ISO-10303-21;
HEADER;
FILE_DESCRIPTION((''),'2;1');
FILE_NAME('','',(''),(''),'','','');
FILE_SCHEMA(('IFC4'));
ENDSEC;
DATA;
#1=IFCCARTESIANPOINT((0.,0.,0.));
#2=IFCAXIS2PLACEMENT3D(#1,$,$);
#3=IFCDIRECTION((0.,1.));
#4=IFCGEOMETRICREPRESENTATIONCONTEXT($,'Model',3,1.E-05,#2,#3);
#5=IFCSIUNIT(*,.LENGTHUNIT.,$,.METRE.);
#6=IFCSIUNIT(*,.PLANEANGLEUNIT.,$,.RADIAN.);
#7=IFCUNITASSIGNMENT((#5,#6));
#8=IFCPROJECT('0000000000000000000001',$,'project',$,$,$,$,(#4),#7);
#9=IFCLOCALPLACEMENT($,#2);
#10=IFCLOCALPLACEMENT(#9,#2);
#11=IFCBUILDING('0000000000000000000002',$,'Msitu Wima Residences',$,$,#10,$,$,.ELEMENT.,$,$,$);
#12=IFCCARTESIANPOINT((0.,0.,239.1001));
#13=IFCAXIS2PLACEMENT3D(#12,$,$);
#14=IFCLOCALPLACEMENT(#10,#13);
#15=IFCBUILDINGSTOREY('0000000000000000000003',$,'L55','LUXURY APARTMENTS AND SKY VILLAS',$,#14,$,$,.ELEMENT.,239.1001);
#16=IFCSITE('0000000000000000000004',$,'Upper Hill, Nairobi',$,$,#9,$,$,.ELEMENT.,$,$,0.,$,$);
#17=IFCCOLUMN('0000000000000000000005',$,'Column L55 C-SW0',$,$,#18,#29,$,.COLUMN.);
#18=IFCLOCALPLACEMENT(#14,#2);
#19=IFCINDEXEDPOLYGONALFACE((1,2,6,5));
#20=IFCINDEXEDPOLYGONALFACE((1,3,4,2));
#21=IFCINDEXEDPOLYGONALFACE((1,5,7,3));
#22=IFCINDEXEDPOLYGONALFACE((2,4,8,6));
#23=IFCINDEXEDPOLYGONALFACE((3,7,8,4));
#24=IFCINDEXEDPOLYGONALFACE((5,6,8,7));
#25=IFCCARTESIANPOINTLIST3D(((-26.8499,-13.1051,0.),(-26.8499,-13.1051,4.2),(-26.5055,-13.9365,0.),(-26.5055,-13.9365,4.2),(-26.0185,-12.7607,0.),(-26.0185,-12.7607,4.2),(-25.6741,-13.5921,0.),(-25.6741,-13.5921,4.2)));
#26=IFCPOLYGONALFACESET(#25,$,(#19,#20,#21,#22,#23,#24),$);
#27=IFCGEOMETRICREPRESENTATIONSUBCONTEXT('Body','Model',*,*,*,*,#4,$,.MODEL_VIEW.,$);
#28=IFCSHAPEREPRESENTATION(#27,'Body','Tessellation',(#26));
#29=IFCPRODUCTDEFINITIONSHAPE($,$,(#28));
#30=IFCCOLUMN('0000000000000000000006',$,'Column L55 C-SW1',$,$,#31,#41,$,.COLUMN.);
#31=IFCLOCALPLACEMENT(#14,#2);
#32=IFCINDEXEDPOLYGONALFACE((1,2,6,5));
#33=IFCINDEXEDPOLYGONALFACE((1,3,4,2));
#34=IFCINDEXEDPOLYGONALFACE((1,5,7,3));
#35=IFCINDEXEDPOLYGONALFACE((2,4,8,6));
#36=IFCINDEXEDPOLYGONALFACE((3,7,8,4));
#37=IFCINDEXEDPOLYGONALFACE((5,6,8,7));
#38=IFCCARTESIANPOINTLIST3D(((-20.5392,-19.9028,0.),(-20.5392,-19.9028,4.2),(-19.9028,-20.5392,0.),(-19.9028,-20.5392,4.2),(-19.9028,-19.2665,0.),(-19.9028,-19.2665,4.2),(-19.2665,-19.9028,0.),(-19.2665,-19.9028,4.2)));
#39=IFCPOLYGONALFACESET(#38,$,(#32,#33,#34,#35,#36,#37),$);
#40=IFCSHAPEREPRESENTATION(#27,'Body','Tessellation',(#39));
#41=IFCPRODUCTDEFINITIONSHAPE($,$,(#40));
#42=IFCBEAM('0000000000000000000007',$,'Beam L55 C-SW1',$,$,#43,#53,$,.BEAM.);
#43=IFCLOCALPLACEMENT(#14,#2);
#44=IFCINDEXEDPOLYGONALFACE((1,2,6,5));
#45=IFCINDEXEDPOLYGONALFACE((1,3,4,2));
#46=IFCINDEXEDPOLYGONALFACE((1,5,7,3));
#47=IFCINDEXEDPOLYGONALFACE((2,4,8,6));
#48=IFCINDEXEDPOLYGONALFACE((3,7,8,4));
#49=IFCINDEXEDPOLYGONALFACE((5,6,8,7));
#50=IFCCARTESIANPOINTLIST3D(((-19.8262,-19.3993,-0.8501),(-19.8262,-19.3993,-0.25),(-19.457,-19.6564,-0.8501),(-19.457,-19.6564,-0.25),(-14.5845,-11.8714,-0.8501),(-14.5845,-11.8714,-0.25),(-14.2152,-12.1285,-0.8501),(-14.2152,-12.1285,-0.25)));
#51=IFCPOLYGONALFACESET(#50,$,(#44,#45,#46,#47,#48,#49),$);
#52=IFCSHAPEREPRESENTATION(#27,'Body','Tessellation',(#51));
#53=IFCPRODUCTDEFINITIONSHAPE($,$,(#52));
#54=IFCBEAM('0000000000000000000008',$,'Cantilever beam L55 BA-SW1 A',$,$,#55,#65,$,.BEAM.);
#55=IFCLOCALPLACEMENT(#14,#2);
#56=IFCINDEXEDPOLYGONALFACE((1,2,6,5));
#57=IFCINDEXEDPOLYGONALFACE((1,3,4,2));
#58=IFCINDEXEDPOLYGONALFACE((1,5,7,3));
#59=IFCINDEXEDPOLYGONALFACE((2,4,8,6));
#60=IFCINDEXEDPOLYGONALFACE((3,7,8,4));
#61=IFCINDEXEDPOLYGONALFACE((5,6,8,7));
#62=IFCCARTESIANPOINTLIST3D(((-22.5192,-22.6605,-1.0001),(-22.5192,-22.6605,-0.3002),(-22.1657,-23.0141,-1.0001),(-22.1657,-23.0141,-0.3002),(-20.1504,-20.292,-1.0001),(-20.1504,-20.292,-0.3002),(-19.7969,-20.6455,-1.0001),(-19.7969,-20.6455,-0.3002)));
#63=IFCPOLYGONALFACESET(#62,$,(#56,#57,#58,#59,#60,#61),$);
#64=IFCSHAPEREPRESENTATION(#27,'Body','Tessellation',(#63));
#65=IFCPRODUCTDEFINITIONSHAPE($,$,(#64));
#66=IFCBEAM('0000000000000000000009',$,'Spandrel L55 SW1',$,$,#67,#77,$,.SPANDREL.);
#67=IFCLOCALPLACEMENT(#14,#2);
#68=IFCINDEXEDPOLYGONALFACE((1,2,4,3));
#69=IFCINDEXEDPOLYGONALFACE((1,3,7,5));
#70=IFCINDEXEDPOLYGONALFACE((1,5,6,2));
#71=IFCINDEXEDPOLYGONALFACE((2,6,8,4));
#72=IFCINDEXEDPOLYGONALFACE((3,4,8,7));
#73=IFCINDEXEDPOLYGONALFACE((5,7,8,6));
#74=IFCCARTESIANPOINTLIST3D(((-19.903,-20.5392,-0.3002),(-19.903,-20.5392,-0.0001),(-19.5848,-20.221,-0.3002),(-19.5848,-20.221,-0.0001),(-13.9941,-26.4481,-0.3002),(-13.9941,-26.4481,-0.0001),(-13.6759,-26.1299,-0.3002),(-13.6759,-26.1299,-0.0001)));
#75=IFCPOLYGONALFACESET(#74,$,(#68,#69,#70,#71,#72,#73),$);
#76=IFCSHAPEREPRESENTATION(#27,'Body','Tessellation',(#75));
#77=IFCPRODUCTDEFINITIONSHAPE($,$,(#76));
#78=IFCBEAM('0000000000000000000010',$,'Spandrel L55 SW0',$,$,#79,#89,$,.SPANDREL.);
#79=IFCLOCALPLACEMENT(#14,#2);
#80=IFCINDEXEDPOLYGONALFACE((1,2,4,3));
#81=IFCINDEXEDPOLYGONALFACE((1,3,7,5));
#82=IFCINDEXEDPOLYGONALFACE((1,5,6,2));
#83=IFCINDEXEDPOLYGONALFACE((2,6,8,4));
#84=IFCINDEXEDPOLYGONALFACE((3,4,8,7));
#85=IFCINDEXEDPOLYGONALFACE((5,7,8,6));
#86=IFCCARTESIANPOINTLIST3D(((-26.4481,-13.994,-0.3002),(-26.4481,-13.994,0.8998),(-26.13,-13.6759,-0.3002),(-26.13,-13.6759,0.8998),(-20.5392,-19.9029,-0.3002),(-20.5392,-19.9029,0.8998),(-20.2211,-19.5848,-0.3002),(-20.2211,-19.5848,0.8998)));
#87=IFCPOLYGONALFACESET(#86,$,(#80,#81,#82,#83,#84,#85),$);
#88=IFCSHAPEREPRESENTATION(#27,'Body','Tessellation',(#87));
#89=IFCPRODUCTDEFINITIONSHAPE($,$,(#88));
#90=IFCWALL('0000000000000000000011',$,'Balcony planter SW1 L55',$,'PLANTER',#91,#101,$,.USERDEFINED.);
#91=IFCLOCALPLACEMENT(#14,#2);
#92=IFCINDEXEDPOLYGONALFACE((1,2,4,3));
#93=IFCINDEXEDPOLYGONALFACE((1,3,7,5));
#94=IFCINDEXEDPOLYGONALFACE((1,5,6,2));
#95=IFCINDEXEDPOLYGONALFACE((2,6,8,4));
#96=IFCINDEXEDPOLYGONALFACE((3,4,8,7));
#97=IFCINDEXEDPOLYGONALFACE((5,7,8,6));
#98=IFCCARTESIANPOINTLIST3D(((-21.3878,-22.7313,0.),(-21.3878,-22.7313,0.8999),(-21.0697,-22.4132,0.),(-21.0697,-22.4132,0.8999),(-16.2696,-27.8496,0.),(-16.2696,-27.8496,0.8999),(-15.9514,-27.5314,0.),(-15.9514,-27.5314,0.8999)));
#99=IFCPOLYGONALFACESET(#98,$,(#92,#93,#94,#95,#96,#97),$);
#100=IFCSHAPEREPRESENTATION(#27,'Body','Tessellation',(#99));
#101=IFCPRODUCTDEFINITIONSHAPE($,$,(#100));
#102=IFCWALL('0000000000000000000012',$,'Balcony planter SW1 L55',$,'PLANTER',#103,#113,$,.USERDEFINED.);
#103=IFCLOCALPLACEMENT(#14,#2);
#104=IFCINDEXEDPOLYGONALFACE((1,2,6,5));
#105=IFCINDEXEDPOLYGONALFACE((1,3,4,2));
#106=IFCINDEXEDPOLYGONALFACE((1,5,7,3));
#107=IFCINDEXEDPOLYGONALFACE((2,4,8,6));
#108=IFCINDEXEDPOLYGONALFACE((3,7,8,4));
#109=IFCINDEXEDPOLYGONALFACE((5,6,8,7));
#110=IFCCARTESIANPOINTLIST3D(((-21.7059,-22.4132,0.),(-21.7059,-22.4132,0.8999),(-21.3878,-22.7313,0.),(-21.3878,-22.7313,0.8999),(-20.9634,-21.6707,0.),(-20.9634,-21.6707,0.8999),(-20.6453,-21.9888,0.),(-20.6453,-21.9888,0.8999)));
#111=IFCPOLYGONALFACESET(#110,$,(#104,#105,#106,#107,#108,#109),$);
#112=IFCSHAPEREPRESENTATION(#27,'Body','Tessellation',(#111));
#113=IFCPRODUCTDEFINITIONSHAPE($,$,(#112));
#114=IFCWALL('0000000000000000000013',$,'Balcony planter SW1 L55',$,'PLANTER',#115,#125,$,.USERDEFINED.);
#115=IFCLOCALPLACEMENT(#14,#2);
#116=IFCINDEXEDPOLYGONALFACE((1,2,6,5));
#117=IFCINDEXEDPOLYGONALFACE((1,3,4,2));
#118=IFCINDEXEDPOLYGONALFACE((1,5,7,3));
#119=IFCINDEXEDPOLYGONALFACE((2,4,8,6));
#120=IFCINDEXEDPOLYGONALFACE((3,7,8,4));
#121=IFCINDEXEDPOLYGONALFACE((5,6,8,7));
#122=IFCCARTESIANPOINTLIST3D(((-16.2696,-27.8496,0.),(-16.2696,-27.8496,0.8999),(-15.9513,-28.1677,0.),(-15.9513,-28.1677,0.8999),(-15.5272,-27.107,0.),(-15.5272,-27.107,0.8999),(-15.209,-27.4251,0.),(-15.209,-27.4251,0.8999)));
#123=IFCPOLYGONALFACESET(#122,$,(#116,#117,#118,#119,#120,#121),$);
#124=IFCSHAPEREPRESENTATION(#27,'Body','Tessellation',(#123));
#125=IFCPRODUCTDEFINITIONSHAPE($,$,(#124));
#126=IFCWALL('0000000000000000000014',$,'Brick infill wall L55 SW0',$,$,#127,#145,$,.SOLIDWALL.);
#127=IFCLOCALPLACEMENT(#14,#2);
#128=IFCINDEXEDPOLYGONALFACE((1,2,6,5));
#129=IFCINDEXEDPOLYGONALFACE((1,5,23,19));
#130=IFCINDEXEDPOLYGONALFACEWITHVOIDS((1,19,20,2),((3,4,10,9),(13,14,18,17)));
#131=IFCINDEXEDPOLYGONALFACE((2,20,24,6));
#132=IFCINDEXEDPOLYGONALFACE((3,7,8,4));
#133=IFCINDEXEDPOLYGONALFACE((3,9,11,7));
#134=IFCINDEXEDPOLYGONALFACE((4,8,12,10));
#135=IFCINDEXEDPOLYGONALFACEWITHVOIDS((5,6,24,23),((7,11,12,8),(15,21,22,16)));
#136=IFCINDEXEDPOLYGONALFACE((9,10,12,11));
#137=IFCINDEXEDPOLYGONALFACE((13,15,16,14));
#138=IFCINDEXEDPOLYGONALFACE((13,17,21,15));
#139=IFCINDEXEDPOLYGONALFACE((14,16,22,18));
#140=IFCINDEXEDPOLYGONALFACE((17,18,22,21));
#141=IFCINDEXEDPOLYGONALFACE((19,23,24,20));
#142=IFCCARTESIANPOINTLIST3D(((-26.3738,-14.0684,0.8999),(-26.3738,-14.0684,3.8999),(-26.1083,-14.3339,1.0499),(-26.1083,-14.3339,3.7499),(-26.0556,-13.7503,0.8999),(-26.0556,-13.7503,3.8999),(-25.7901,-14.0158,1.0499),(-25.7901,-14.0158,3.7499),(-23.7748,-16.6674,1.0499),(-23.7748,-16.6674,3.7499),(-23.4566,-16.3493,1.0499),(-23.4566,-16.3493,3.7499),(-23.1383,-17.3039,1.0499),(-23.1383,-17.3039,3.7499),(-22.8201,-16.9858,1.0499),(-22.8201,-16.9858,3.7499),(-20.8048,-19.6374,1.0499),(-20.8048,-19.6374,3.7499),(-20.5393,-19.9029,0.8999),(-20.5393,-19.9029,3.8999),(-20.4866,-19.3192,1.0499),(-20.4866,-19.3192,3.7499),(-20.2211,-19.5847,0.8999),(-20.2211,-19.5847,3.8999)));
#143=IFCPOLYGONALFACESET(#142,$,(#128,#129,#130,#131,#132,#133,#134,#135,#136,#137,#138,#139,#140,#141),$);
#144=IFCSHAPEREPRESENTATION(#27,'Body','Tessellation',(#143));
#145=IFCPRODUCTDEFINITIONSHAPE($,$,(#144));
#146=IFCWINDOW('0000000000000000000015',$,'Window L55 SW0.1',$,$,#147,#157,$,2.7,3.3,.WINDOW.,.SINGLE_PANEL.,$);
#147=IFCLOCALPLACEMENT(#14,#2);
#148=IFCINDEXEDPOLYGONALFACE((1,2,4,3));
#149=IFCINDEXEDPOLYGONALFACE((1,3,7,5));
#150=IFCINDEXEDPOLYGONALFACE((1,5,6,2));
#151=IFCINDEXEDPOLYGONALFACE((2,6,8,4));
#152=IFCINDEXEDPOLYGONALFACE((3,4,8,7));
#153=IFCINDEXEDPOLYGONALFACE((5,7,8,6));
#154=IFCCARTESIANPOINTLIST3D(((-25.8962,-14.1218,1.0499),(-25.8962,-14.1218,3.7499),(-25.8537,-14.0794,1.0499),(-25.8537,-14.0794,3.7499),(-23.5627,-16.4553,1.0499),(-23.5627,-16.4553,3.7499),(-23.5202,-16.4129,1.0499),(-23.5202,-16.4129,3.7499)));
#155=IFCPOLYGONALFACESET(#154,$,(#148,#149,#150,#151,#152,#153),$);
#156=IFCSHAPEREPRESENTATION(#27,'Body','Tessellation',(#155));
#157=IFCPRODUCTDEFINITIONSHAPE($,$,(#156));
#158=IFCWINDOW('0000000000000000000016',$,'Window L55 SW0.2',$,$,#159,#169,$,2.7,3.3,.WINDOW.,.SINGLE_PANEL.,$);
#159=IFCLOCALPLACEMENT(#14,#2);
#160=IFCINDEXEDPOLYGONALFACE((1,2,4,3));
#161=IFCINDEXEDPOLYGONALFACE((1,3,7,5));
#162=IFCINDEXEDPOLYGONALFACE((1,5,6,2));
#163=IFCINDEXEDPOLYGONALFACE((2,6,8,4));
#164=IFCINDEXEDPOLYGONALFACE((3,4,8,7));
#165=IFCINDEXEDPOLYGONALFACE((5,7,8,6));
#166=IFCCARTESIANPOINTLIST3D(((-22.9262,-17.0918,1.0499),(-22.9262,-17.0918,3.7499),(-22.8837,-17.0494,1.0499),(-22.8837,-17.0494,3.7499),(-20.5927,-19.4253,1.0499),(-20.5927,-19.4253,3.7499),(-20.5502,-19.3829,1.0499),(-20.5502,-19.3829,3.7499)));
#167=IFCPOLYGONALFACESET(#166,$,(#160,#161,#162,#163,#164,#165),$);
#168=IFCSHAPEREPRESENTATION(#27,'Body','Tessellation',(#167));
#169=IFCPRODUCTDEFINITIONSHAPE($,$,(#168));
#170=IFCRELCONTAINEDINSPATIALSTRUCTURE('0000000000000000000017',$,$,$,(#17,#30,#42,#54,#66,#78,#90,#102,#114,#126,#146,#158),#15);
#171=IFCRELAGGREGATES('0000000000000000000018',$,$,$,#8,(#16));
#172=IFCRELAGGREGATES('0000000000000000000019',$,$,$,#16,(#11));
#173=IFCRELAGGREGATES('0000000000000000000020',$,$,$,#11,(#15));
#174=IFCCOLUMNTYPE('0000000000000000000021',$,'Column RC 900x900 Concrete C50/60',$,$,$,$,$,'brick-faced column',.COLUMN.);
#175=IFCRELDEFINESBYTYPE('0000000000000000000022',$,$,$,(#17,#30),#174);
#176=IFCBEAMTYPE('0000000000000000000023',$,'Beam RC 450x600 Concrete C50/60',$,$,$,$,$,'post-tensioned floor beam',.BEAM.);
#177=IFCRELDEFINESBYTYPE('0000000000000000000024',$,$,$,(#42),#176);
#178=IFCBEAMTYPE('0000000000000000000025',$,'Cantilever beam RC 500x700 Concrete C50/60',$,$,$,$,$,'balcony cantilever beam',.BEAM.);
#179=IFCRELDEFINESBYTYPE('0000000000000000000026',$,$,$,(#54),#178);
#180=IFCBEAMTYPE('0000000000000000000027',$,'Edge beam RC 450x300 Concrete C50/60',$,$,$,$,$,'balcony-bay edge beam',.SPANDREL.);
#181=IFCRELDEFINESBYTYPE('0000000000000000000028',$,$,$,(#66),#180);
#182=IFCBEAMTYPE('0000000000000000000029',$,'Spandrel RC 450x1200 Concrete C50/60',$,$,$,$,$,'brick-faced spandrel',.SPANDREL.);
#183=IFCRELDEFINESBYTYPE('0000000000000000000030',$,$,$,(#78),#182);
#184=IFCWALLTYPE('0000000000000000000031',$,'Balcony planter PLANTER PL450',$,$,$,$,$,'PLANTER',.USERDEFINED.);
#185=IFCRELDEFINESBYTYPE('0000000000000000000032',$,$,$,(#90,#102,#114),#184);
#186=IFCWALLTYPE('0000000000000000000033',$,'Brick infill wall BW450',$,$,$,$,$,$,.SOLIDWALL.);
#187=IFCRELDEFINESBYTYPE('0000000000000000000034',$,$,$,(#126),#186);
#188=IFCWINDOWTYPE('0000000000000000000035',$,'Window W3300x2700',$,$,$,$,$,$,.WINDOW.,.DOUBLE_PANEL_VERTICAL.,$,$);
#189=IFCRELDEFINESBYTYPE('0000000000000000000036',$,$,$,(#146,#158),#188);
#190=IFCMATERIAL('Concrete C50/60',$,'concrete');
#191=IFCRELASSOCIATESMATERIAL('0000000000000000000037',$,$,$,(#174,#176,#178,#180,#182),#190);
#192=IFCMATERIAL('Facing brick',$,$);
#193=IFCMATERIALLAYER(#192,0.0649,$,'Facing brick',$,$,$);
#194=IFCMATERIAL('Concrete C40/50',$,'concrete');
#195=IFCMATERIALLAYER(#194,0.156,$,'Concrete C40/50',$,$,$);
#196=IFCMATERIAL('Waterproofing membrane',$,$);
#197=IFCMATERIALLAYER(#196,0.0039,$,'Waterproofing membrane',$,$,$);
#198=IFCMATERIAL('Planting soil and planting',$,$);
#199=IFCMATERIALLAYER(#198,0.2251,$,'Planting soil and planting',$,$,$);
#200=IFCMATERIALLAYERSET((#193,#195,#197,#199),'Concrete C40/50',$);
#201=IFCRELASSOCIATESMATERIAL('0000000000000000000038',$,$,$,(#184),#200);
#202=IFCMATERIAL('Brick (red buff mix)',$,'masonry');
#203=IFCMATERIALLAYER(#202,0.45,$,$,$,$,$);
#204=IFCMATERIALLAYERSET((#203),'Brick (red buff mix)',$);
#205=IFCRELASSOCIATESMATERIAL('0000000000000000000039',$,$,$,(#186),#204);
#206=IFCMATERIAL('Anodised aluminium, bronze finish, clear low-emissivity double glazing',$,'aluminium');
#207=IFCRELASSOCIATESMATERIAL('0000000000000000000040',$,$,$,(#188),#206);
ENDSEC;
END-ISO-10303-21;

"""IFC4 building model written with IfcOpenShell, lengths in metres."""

from ifc_helpers import new_model, si_unit, direction, frame, frame_2d, origin, origin_2d, place, context, subcontext, project, spatial, rectangle, extrude, material, layer, layer_set, material_profile, profile_set, type_object, element, fill, save


model = new_model("IFC4")

# Units and contexts
model_context = context("Model", 3, precision=1e-05, world=origin(), true_north=direction((0.0, 1.0)))
body_context = subcontext(model_context, "Body", "Model", "MODEL_VIEW")
ifc_project = project(units=[si_unit("LENGTHUNIT", "METRE"), si_unit("PLANEANGLEUNIT", "RADIAN")], contexts=[model_context])

# Site, building, storey
site_placement = place(None, origin())
site = spatial("IfcSite", under=ifc_project, at=site_placement, Name="Upper Hill, Nairobi", CompositionType="ELEMENT", RefElevation=0.0)
building_placement = place(site_placement, origin())
building = spatial("IfcBuilding", under=site, at=building_placement, Name="Msitu Wima Residences", CompositionType="ELEMENT")
storey_placement = place(building_placement, frame((0.0, 0.0, 239.1001)))
storey = spatial("IfcBuildingStorey", under=building, at=storey_placement, Name="L55", Description="LUXURY APARTMENTS AND SKY VILLAS", CompositionType="ELEMENT", Elevation=239.1001)

# Columns
ifc_material_1 = material(Name="Concrete C50/60", Category="concrete")
ifc_material_profile_1 = material_profile(ifc_material_1, rectangle(XDim=0.8999, YDim=0.8999, at=origin_2d()), Name="RC 900x900")
ifc_profile_set_1 = profile_set([ifc_material_profile_1], Name="Concrete C50/60")
column_type = type_object("IfcColumnType", Name="Column RC 900x900 Concrete C50/60", ElementType="brick-faced column", PredefinedType="COLUMN", material=ifc_profile_set_1)
for number, where, z_axis, x_axis, name in (
    (1, (-26.262, -13.3486, 0.0), (0.0, 0.0, 1.0), (0.382683, -0.92388, 0.0), "Column L55 C-SW0"),
    (2, (-19.9028, -19.9028, 0.0), (0.0, 0.0, 1.0), (0.707107, -0.707107, 0.0), "Column L55 C-SW1"),
):
    element("IfcColumn", number, at=place(storey_placement, frame(where, z_axis=z_axis, x_axis=x_axis)), inside=storey, type_object=column_type, Name=name, PredefinedType="COLUMN", context=body_context, shape_type="SweptSolid", body=[
        extrude(rectangle(XDim=0.8999, YDim=0.8999, at=origin_2d()), origin(), (0.0, 0.0, 1.0), 4.2),
    ])

# Beams
ifc_material_profile_2 = material_profile(ifc_material_1, rectangle(XDim=0.45, YDim=0.6001, at=origin_2d()), Name="RC 450x600")
ifc_profile_set_2 = profile_set([ifc_material_profile_2], Name="Concrete C50/60")
beam_type_1 = type_object("IfcBeamType", Name="Beam RC 450x600 Concrete C50/60", ElementType="post-tensioned floor beam", PredefinedType="BEAM", material=ifc_profile_set_2)
beam_1_placement = place(storey_placement, frame((-19.6416, -19.5278, -0.55), z_axis=(0.571428, 0.820652, 0.0), x_axis=(-0.820652, 0.571428, 0.0)))
element("IfcBeam", 3, at=beam_1_placement, inside=storey, type_object=beam_type_1, Name="Beam L55 C-SW1", PredefinedType="BEAM", context=body_context, shape_type="SweptSolid", body=[
    extrude(rectangle(XDim=0.45, YDim=0.6001, at=origin_2d()), origin(), (0.0, 0.0, 1.0), 9.1731),
])
ifc_material_profile_3 = material_profile(ifc_material_1, rectangle(XDim=0.5, YDim=0.7, at=origin_2d()), Name="RC 500x700")
ifc_profile_set_3 = profile_set([ifc_material_profile_3], Name="Concrete C50/60")
beam_type_2 = type_object("IfcBeamType", Name="Cantilever beam RC 500x700 Concrete C50/60", ElementType="balcony cantilever beam", PredefinedType="BEAM", material=ifc_profile_set_3)
beam_2_placement = place(storey_placement, frame((-19.9736, -20.4688, -0.6501), z_axis=(-0.707143, -0.70707, 0.0), x_axis=(0.70707, -0.707143, 0.0)))
element("IfcBeam", 4, at=beam_2_placement, inside=storey, type_object=beam_type_2, Name="Cantilever beam L55 BA-SW1 A", PredefinedType="BEAM", context=body_context, shape_type="SweptSolid", body=[
    extrude(rectangle(XDim=0.5, YDim=0.7, at=origin_2d()), origin(), (0.0, 0.0, 1.0), 3.3499),
])
ifc_material_profile_4 = material_profile(ifc_material_1, rectangle(XDim=0.45, YDim=0.3, at=origin_2d()), Name="RC 450x300")
ifc_profile_set_4 = profile_set([ifc_material_profile_4], Name="Concrete C50/60")
beam_type_3 = type_object("IfcBeamType", Name="Edge beam RC 450x300 Concrete C50/60", ElementType="balcony-bay edge beam", PredefinedType="SPANDREL", material=ifc_profile_set_4)
beam_3_placement = place(storey_placement, frame((-19.7439, -20.3801, -0.1501), z_axis=(0.707107, -0.707107, 0.0), x_axis=(0.707107, 0.707107, 0.0)))
element("IfcBeam", 5, at=beam_3_placement, inside=storey, type_object=beam_type_3, Name="Spandrel L55 SW1", PredefinedType="SPANDREL", context=body_context, shape_type="SweptSolid", body=[
    extrude(rectangle(XDim=0.45, YDim=0.3, at=origin_2d()), origin(), (0.0, 0.0, 1.0), 8.3564),
])
ifc_material_profile_5 = material_profile(ifc_material_1, rectangle(XDim=0.45, YDim=1.2, at=origin_2d()), Name="RC 450x1200")
ifc_profile_set_5 = profile_set([ifc_material_profile_5], Name="Concrete C50/60")
beam_type_4 = type_object("IfcBeamType", Name="Spandrel RC 450x1200 Concrete C50/60", ElementType="brick-faced spandrel", PredefinedType="SPANDREL", material=ifc_profile_set_5)
beam_4_placement = place(storey_placement, frame((-26.2891, -13.835, 0.2998), z_axis=(0.707107, -0.707107, 0.0), x_axis=(0.707107, 0.707107, 0.0)))
element("IfcBeam", 6, at=beam_4_placement, inside=storey, type_object=beam_type_4, Name="Spandrel L55 SW0", PredefinedType="SPANDREL", context=body_context, shape_type="SweptSolid", body=[
    extrude(rectangle(XDim=0.45, YDim=1.2, at=origin_2d()), origin(), (0.0, 0.0, 1.0), 8.3564),
])

# Walls
ifc_material_2 = material(Name="Facing brick")
ifc_layer_1 = layer(ifc_material_2, 0.0649, Name="Facing brick")
ifc_material_3 = material(Name="Concrete C40/50", Category="concrete")
ifc_layer_2 = layer(ifc_material_3, 0.156, Name="Concrete C40/50")
ifc_material_4 = material(Name="Waterproofing membrane")
ifc_layer_3 = layer(ifc_material_4, 0.0039, Name="Waterproofing membrane")
ifc_material_5 = material(Name="Planting soil and planting")
ifc_layer_4 = layer(ifc_material_5, 0.2251, Name="Planting soil and planting")
ifc_layer_set_1 = layer_set([ifc_layer_1, ifc_layer_2, ifc_layer_3, ifc_layer_4], Name="Concrete C40/50")
wall_type_1 = type_object("IfcWallType", Name="Balcony planter PLANTER PL450", ElementType="PLANTER", PredefinedType="USERDEFINED", material=ifc_layer_set_1)
wall_1_placement = place(storey_placement, frame((-21.2288, -22.5723, 0.0), z_axis=(0.0, 0.0, 1.0), x_axis=(0.707107, -0.707107, 0.0)))
element("IfcWall", 7, at=wall_1_placement, inside=storey, type_object=wall_type_1, Name="Balcony planter SW1 L55", ObjectType="PLANTER", PredefinedType="USERDEFINED", context=body_context, shape_type="SweptSolid", body=[
    extrude(rectangle(XDim=7.2383, YDim=0.45, at=frame_2d((3.6191, 0.0))), origin(), (0.0, 0.0, 1.0), 0.8999),
])
for number, where, z_axis, x_axis, name in (
    (8, (-20.8044, -21.8298, 0.0), (0.0, 0.0, 1.0), (-0.707107, -0.707107, 0.0), "Balcony planter SW1 L55"),
    (9, (-15.3682, -27.2661, 0.0), (0.0, 0.0, 1.0), (-0.706991, -0.707223, 0.0), "Balcony planter SW1 L55"),
):
    element("IfcWall", number, at=place(storey_placement, frame(where, z_axis=z_axis, x_axis=x_axis)), inside=storey, type_object=wall_type_1, Name=name, ObjectType="PLANTER", PredefinedType="USERDEFINED", context=body_context, shape_type="SweptSolid", body=[
        extrude(rectangle(XDim=1.05, YDim=0.45, at=frame_2d((0.5249, 0.0))), origin(), (0.0, 0.0, 1.0), 0.8999),
    ])

# Wall, openings, windows
ifc_material_6 = material(Name="Brick (red buff mix)", Category="masonry")
ifc_layer_5 = layer(ifc_material_6, 0.45)
ifc_layer_set_2 = layer_set([ifc_layer_5], Name="Brick (red buff mix)")
wall_type_2 = type_object("IfcWallType", Name="Brick infill wall BW450", PredefinedType="SOLIDWALL", material=ifc_layer_set_2)
wall_2_placement = place(storey_placement, frame((-26.2146, -13.9094, 0.8999), z_axis=(0.0, 0.0, 1.0), x_axis=(0.707107, -0.707107, 0.0)))
wall_2 = element("IfcWall", 10, at=wall_2_placement, inside=storey, type_object=wall_type_2, Name="Brick infill wall L55 SW0", PredefinedType="SOLIDWALL", context=body_context, shape_type="SweptSolid", body=[
    extrude(rectangle(XDim=8.2512, YDim=0.45, at=frame_2d((4.1255, 0.0))), origin(), (0.0, 0.0, 1.0), 3.0),
])
opening_1_placement = place(wall_2_placement, frame((0.3755, 0.0, 0.1499)))
opening_1 = element("IfcOpeningElement", 11, at=opening_1_placement, cuts=wall_2, PredefinedType="OPENING", context=body_context, shape_type="SweptSolid", body=[
    extrude(rectangle(XDim=3.3, YDim=2.7, at=frame_2d((1.6499, 1.3501))), frame((0.0, 0.2349, 0.0), z_axis=(0.0, -1.0, 0.0), x_axis=(1.0, 0.0, 0.0)), (0.0, 0.0, 1.0), 0.47),
])
opening_2_placement = place(wall_2_placement, frame((4.5757, 0.0, 0.1499)))
opening_2 = element("IfcOpeningElement", 12, at=opening_2_placement, cuts=wall_2, PredefinedType="OPENING", context=body_context, shape_type="SweptSolid", body=[
    extrude(rectangle(XDim=3.3, YDim=2.7, at=frame_2d((1.6499, 1.3501))), frame((0.0, 0.2349, 0.0), z_axis=(0.0, -1.0, 0.0), x_axis=(1.0, 0.0, 0.0)), (0.0, 0.0, 1.0), 0.47),
])
ifc_material_7 = material(Name="Anodised aluminium, bronze finish, clear low-emissivity double glazing", Category="aluminium")
window_type = type_object("IfcWindowType", Name="Window W3300x2700", PartitioningType="DOUBLE_PANEL_VERTICAL", PredefinedType="WINDOW", material=ifc_material_7)
window_1_placement = place(opening_1_placement, origin())
window_1 = element("IfcWindow", 13, at=window_1_placement, inside=storey, type_object=window_type, Name="Window L55 SW0.1", OverallHeight=2.7, OverallWidth=3.3, PartitioningType="SINGLE_PANEL", PredefinedType="WINDOW", context=body_context, shape_type="SweptSolid", body=[
    extrude(rectangle(XDim=3.3, YDim=2.7, at=frame_2d((1.6499, 1.3501))), frame((0.0, 0.135, 0.0), z_axis=(0.0, -1.0, 0.0), x_axis=(1.0, 0.0, 0.0)), (0.0, 0.0, 1.0), 0.0601),
])
fill(opening_1, window_1)
window_2_placement = place(opening_2_placement, origin())
window_2 = element("IfcWindow", 14, at=window_2_placement, inside=storey, type_object=window_type, Name="Window L55 SW0.2", OverallHeight=2.7, OverallWidth=3.3, PartitioningType="SINGLE_PANEL", PredefinedType="WINDOW", context=body_context, shape_type="SweptSolid", body=[
    extrude(rectangle(XDim=3.3, YDim=2.7, at=frame_2d((1.6499, 1.3501))), frame((0.0, 0.135, 0.0), z_axis=(0.0, -1.0, 0.0), x_axis=(1.0, 0.0, 0.0)), (0.0, 0.0, 1.0), 0.0601),
])
fill(opening_2, window_2)

save(model, "model.ifc")
